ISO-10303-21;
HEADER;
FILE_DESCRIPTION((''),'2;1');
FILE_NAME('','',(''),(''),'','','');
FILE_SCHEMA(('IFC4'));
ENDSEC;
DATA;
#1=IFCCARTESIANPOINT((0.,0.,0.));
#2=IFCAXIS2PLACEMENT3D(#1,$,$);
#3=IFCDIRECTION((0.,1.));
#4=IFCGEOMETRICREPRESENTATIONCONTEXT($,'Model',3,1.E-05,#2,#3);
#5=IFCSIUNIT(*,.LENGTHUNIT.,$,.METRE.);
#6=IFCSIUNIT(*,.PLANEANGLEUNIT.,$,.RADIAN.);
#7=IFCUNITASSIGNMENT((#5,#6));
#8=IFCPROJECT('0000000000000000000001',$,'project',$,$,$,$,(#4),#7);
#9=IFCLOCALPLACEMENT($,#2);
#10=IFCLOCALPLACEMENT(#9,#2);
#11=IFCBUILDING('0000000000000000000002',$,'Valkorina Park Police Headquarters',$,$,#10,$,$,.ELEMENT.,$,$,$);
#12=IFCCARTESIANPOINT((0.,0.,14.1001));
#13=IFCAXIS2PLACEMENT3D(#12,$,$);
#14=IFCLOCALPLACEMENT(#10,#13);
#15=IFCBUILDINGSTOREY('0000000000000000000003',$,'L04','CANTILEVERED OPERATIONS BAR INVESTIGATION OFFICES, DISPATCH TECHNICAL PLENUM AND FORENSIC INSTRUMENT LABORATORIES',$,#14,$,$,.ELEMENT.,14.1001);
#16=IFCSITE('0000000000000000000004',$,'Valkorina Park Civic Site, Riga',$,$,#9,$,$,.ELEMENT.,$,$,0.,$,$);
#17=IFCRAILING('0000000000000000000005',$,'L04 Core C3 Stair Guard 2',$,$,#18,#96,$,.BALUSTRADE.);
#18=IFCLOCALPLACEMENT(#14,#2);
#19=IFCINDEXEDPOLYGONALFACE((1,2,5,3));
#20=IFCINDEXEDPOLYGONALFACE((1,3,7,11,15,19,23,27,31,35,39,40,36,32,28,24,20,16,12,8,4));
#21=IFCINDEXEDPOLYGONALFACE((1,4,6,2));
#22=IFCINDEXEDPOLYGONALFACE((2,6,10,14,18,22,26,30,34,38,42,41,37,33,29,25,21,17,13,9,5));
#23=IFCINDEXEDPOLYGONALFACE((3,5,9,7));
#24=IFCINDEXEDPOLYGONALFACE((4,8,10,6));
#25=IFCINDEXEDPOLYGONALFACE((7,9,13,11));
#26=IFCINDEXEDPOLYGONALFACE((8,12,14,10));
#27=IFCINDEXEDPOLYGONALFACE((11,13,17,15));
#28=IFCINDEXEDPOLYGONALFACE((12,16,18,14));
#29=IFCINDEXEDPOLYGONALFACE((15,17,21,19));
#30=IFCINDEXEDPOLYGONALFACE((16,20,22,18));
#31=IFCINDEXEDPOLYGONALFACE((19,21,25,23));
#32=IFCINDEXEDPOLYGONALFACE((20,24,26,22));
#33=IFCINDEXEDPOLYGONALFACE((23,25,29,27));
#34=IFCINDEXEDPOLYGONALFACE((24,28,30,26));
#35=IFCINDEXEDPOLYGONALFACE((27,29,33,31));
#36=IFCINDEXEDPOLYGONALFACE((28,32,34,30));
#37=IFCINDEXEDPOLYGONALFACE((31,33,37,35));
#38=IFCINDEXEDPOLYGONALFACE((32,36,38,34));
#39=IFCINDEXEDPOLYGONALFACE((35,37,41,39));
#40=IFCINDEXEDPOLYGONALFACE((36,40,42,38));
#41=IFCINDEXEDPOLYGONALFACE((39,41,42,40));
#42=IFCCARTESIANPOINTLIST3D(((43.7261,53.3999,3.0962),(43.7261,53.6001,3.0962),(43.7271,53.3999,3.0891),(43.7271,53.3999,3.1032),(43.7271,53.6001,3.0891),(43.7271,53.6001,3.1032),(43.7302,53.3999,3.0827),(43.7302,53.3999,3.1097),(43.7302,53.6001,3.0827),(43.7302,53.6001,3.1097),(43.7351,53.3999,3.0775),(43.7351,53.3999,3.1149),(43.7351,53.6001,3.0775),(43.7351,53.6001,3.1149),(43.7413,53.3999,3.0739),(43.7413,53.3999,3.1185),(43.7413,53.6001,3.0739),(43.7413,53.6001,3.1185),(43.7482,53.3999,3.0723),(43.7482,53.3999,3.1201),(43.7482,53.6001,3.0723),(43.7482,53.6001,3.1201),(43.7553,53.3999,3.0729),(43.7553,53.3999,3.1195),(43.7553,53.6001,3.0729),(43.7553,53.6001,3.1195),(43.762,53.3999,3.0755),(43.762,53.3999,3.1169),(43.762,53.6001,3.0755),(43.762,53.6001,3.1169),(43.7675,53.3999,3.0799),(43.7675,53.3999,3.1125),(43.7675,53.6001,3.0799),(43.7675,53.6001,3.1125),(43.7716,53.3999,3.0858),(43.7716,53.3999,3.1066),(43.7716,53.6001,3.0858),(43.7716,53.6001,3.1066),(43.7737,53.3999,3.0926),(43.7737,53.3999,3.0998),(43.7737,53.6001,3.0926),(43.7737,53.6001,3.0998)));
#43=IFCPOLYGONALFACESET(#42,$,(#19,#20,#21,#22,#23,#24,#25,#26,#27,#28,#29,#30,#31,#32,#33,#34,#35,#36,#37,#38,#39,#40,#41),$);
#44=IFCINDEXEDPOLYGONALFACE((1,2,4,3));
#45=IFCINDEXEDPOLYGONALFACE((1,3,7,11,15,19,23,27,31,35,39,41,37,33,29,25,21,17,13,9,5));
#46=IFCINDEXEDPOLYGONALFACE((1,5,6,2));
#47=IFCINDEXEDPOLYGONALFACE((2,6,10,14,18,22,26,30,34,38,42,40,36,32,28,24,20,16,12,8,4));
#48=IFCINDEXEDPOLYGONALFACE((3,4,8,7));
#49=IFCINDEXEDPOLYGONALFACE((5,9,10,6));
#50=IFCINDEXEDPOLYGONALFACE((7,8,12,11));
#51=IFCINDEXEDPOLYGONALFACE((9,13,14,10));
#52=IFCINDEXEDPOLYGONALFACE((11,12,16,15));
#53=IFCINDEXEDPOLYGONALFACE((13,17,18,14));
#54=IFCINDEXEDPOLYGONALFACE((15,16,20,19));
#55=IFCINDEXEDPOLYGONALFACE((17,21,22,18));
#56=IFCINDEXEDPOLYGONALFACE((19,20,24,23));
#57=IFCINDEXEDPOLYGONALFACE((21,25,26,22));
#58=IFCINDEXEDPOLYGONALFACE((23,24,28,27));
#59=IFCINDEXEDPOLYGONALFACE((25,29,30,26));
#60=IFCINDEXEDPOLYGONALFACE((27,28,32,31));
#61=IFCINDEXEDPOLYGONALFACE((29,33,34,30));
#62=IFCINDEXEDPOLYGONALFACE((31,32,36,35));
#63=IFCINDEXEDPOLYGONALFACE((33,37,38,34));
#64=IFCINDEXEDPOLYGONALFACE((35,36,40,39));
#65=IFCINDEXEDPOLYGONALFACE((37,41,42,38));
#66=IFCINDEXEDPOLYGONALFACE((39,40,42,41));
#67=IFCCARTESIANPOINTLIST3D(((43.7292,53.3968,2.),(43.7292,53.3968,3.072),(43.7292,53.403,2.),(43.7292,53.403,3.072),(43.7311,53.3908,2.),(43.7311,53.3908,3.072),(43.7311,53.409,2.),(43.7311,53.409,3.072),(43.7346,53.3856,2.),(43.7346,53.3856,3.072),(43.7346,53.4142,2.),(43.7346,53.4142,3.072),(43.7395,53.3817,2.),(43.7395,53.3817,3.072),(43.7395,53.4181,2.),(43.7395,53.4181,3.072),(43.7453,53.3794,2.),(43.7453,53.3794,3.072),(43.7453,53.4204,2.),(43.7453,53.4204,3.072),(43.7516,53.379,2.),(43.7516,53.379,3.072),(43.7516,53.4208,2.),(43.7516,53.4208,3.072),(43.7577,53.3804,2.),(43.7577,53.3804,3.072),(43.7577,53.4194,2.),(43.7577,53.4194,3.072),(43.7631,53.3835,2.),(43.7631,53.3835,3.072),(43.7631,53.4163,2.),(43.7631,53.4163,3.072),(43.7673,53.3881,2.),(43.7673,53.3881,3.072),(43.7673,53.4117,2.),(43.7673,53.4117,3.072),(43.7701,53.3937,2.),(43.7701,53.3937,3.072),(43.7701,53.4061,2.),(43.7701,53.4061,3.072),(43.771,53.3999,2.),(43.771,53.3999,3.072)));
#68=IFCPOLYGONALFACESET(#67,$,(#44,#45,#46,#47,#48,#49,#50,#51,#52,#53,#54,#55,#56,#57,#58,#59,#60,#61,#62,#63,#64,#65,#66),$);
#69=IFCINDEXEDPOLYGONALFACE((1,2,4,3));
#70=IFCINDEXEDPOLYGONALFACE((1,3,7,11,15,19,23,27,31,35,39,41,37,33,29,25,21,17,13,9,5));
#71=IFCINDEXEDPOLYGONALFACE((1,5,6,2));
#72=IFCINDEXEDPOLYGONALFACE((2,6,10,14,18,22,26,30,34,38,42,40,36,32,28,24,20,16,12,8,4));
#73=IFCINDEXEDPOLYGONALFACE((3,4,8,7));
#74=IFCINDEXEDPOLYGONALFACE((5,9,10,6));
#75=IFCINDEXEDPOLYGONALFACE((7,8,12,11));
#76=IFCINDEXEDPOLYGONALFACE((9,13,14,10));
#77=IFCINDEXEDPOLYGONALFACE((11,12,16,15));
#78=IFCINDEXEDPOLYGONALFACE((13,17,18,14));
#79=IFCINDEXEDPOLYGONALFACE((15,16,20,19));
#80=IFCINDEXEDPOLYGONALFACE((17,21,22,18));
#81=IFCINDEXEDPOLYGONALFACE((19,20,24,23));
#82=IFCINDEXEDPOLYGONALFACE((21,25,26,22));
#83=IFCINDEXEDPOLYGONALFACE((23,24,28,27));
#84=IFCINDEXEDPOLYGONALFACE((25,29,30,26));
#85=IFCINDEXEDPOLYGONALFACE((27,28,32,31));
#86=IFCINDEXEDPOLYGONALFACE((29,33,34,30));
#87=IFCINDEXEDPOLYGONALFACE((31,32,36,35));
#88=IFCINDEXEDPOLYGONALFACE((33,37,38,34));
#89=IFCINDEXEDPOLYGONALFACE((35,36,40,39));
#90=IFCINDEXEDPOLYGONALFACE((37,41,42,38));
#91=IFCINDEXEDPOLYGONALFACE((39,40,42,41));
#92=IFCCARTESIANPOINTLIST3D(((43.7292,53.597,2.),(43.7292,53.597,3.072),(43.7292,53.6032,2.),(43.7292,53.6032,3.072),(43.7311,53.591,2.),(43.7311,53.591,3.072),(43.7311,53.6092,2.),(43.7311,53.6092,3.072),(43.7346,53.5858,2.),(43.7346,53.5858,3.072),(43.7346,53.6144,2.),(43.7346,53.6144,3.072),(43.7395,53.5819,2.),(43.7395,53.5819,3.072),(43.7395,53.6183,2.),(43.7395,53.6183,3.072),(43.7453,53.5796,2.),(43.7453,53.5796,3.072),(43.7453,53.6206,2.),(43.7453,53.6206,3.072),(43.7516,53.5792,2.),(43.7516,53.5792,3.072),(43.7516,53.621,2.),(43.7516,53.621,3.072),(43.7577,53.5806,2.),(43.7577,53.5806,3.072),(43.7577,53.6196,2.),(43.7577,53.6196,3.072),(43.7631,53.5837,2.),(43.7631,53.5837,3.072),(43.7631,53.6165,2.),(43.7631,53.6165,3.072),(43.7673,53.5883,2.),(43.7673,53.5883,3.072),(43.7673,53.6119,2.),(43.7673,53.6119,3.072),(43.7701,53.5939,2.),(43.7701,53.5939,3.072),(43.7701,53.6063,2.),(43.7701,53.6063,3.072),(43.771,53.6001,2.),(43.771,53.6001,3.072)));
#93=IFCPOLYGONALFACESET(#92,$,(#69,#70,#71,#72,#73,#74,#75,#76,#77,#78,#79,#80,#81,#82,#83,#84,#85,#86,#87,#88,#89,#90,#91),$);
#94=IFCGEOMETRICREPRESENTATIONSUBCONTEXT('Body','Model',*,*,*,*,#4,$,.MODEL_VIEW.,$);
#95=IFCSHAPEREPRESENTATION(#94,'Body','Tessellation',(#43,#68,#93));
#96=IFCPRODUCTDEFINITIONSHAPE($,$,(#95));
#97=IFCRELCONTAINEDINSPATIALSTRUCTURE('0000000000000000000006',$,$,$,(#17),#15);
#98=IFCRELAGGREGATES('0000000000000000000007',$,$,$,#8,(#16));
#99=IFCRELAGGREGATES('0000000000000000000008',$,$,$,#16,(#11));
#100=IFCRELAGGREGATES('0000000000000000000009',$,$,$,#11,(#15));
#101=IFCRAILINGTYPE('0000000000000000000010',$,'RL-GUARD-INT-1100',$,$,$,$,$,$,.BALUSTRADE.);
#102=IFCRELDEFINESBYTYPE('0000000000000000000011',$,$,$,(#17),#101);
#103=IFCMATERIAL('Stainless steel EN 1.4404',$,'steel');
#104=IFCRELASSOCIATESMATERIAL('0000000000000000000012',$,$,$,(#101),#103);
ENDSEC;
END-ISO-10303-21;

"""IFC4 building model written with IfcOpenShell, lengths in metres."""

from ifc_helpers import new_model, si_unit, direction, frame, origin, origin_2d, place, context, subcontext, project, spatial, circle, extrude, material, type_object, element, save


model = new_model("IFC4")

# Units and contexts
model_context = context("Model", 3, precision=1e-05, world=origin(), true_north=direction((0.0, 1.0)))
body_context = subcontext(model_context, "Body", "Model", "MODEL_VIEW")
ifc_project = project(units=[si_unit("LENGTHUNIT", "METRE"), si_unit("PLANEANGLEUNIT", "RADIAN")], contexts=[model_context])

# Site, building, storey
site_placement = place(None, origin())
site = spatial("IfcSite", under=ifc_project, at=site_placement, Name="Valkorina Park Civic Site, Riga", CompositionType="ELEMENT", RefElevation=0.0)
building_placement = place(site_placement, origin())
building = spatial("IfcBuilding", under=site, at=building_placement, Name="Valkorina Park Police Headquarters", CompositionType="ELEMENT")
storey_placement = place(building_placement, frame((0.0, 0.0, 14.1001)))
storey = spatial("IfcBuildingStorey", under=building, at=storey_placement, Name="L04", Description="CANTILEVERED OPERATIONS BAR INVESTIGATION OFFICES, DISPATCH TECHNICAL PLENUM AND FORENSIC INSTRUMENT LABORATORIES", CompositionType="ELEMENT", Elevation=14.1001)

# Shared definitions
ifc_material_1 = material(Name="Stainless steel EN 1.4404", Category="steel")

# Railing
railing_type_1 = type_object("IfcRailingType", Name="RL-GUARD-INT-1100", PredefinedType="BALUSTRADE", material=ifc_material_1)
railing_1_placement = place(storey_placement, frame((43.75, 53.3999, 2.0)))
element("IfcRailing", 1, at=railing_1_placement, inside=storey, type_object=railing_type_1, Name="L04 Core C3 Stair Guard 2", PredefinedType="BALUSTRADE", context=body_context, shape_type="SweptSolid", body=[
    extrude(circle(Radius=0.0239, at=origin_2d()), frame((0.0, 0.0, 1.0962), z_axis=(0.0, 1.0, 0.0), x_axis=(-1.0, 0.0, 0.0)), (0.0, 0.0, 1.0), 0.2002),
    extrude(circle(Radius=0.021, at=origin_2d()), origin(), (0.0, 0.0, 1.0), 1.072),
    extrude(circle(Radius=0.021, at=origin_2d()), frame((0.0, 0.2002, 0.0)), (0.0, 0.0, 1.0), 1.072),
])

save(model, "model.ifc")
